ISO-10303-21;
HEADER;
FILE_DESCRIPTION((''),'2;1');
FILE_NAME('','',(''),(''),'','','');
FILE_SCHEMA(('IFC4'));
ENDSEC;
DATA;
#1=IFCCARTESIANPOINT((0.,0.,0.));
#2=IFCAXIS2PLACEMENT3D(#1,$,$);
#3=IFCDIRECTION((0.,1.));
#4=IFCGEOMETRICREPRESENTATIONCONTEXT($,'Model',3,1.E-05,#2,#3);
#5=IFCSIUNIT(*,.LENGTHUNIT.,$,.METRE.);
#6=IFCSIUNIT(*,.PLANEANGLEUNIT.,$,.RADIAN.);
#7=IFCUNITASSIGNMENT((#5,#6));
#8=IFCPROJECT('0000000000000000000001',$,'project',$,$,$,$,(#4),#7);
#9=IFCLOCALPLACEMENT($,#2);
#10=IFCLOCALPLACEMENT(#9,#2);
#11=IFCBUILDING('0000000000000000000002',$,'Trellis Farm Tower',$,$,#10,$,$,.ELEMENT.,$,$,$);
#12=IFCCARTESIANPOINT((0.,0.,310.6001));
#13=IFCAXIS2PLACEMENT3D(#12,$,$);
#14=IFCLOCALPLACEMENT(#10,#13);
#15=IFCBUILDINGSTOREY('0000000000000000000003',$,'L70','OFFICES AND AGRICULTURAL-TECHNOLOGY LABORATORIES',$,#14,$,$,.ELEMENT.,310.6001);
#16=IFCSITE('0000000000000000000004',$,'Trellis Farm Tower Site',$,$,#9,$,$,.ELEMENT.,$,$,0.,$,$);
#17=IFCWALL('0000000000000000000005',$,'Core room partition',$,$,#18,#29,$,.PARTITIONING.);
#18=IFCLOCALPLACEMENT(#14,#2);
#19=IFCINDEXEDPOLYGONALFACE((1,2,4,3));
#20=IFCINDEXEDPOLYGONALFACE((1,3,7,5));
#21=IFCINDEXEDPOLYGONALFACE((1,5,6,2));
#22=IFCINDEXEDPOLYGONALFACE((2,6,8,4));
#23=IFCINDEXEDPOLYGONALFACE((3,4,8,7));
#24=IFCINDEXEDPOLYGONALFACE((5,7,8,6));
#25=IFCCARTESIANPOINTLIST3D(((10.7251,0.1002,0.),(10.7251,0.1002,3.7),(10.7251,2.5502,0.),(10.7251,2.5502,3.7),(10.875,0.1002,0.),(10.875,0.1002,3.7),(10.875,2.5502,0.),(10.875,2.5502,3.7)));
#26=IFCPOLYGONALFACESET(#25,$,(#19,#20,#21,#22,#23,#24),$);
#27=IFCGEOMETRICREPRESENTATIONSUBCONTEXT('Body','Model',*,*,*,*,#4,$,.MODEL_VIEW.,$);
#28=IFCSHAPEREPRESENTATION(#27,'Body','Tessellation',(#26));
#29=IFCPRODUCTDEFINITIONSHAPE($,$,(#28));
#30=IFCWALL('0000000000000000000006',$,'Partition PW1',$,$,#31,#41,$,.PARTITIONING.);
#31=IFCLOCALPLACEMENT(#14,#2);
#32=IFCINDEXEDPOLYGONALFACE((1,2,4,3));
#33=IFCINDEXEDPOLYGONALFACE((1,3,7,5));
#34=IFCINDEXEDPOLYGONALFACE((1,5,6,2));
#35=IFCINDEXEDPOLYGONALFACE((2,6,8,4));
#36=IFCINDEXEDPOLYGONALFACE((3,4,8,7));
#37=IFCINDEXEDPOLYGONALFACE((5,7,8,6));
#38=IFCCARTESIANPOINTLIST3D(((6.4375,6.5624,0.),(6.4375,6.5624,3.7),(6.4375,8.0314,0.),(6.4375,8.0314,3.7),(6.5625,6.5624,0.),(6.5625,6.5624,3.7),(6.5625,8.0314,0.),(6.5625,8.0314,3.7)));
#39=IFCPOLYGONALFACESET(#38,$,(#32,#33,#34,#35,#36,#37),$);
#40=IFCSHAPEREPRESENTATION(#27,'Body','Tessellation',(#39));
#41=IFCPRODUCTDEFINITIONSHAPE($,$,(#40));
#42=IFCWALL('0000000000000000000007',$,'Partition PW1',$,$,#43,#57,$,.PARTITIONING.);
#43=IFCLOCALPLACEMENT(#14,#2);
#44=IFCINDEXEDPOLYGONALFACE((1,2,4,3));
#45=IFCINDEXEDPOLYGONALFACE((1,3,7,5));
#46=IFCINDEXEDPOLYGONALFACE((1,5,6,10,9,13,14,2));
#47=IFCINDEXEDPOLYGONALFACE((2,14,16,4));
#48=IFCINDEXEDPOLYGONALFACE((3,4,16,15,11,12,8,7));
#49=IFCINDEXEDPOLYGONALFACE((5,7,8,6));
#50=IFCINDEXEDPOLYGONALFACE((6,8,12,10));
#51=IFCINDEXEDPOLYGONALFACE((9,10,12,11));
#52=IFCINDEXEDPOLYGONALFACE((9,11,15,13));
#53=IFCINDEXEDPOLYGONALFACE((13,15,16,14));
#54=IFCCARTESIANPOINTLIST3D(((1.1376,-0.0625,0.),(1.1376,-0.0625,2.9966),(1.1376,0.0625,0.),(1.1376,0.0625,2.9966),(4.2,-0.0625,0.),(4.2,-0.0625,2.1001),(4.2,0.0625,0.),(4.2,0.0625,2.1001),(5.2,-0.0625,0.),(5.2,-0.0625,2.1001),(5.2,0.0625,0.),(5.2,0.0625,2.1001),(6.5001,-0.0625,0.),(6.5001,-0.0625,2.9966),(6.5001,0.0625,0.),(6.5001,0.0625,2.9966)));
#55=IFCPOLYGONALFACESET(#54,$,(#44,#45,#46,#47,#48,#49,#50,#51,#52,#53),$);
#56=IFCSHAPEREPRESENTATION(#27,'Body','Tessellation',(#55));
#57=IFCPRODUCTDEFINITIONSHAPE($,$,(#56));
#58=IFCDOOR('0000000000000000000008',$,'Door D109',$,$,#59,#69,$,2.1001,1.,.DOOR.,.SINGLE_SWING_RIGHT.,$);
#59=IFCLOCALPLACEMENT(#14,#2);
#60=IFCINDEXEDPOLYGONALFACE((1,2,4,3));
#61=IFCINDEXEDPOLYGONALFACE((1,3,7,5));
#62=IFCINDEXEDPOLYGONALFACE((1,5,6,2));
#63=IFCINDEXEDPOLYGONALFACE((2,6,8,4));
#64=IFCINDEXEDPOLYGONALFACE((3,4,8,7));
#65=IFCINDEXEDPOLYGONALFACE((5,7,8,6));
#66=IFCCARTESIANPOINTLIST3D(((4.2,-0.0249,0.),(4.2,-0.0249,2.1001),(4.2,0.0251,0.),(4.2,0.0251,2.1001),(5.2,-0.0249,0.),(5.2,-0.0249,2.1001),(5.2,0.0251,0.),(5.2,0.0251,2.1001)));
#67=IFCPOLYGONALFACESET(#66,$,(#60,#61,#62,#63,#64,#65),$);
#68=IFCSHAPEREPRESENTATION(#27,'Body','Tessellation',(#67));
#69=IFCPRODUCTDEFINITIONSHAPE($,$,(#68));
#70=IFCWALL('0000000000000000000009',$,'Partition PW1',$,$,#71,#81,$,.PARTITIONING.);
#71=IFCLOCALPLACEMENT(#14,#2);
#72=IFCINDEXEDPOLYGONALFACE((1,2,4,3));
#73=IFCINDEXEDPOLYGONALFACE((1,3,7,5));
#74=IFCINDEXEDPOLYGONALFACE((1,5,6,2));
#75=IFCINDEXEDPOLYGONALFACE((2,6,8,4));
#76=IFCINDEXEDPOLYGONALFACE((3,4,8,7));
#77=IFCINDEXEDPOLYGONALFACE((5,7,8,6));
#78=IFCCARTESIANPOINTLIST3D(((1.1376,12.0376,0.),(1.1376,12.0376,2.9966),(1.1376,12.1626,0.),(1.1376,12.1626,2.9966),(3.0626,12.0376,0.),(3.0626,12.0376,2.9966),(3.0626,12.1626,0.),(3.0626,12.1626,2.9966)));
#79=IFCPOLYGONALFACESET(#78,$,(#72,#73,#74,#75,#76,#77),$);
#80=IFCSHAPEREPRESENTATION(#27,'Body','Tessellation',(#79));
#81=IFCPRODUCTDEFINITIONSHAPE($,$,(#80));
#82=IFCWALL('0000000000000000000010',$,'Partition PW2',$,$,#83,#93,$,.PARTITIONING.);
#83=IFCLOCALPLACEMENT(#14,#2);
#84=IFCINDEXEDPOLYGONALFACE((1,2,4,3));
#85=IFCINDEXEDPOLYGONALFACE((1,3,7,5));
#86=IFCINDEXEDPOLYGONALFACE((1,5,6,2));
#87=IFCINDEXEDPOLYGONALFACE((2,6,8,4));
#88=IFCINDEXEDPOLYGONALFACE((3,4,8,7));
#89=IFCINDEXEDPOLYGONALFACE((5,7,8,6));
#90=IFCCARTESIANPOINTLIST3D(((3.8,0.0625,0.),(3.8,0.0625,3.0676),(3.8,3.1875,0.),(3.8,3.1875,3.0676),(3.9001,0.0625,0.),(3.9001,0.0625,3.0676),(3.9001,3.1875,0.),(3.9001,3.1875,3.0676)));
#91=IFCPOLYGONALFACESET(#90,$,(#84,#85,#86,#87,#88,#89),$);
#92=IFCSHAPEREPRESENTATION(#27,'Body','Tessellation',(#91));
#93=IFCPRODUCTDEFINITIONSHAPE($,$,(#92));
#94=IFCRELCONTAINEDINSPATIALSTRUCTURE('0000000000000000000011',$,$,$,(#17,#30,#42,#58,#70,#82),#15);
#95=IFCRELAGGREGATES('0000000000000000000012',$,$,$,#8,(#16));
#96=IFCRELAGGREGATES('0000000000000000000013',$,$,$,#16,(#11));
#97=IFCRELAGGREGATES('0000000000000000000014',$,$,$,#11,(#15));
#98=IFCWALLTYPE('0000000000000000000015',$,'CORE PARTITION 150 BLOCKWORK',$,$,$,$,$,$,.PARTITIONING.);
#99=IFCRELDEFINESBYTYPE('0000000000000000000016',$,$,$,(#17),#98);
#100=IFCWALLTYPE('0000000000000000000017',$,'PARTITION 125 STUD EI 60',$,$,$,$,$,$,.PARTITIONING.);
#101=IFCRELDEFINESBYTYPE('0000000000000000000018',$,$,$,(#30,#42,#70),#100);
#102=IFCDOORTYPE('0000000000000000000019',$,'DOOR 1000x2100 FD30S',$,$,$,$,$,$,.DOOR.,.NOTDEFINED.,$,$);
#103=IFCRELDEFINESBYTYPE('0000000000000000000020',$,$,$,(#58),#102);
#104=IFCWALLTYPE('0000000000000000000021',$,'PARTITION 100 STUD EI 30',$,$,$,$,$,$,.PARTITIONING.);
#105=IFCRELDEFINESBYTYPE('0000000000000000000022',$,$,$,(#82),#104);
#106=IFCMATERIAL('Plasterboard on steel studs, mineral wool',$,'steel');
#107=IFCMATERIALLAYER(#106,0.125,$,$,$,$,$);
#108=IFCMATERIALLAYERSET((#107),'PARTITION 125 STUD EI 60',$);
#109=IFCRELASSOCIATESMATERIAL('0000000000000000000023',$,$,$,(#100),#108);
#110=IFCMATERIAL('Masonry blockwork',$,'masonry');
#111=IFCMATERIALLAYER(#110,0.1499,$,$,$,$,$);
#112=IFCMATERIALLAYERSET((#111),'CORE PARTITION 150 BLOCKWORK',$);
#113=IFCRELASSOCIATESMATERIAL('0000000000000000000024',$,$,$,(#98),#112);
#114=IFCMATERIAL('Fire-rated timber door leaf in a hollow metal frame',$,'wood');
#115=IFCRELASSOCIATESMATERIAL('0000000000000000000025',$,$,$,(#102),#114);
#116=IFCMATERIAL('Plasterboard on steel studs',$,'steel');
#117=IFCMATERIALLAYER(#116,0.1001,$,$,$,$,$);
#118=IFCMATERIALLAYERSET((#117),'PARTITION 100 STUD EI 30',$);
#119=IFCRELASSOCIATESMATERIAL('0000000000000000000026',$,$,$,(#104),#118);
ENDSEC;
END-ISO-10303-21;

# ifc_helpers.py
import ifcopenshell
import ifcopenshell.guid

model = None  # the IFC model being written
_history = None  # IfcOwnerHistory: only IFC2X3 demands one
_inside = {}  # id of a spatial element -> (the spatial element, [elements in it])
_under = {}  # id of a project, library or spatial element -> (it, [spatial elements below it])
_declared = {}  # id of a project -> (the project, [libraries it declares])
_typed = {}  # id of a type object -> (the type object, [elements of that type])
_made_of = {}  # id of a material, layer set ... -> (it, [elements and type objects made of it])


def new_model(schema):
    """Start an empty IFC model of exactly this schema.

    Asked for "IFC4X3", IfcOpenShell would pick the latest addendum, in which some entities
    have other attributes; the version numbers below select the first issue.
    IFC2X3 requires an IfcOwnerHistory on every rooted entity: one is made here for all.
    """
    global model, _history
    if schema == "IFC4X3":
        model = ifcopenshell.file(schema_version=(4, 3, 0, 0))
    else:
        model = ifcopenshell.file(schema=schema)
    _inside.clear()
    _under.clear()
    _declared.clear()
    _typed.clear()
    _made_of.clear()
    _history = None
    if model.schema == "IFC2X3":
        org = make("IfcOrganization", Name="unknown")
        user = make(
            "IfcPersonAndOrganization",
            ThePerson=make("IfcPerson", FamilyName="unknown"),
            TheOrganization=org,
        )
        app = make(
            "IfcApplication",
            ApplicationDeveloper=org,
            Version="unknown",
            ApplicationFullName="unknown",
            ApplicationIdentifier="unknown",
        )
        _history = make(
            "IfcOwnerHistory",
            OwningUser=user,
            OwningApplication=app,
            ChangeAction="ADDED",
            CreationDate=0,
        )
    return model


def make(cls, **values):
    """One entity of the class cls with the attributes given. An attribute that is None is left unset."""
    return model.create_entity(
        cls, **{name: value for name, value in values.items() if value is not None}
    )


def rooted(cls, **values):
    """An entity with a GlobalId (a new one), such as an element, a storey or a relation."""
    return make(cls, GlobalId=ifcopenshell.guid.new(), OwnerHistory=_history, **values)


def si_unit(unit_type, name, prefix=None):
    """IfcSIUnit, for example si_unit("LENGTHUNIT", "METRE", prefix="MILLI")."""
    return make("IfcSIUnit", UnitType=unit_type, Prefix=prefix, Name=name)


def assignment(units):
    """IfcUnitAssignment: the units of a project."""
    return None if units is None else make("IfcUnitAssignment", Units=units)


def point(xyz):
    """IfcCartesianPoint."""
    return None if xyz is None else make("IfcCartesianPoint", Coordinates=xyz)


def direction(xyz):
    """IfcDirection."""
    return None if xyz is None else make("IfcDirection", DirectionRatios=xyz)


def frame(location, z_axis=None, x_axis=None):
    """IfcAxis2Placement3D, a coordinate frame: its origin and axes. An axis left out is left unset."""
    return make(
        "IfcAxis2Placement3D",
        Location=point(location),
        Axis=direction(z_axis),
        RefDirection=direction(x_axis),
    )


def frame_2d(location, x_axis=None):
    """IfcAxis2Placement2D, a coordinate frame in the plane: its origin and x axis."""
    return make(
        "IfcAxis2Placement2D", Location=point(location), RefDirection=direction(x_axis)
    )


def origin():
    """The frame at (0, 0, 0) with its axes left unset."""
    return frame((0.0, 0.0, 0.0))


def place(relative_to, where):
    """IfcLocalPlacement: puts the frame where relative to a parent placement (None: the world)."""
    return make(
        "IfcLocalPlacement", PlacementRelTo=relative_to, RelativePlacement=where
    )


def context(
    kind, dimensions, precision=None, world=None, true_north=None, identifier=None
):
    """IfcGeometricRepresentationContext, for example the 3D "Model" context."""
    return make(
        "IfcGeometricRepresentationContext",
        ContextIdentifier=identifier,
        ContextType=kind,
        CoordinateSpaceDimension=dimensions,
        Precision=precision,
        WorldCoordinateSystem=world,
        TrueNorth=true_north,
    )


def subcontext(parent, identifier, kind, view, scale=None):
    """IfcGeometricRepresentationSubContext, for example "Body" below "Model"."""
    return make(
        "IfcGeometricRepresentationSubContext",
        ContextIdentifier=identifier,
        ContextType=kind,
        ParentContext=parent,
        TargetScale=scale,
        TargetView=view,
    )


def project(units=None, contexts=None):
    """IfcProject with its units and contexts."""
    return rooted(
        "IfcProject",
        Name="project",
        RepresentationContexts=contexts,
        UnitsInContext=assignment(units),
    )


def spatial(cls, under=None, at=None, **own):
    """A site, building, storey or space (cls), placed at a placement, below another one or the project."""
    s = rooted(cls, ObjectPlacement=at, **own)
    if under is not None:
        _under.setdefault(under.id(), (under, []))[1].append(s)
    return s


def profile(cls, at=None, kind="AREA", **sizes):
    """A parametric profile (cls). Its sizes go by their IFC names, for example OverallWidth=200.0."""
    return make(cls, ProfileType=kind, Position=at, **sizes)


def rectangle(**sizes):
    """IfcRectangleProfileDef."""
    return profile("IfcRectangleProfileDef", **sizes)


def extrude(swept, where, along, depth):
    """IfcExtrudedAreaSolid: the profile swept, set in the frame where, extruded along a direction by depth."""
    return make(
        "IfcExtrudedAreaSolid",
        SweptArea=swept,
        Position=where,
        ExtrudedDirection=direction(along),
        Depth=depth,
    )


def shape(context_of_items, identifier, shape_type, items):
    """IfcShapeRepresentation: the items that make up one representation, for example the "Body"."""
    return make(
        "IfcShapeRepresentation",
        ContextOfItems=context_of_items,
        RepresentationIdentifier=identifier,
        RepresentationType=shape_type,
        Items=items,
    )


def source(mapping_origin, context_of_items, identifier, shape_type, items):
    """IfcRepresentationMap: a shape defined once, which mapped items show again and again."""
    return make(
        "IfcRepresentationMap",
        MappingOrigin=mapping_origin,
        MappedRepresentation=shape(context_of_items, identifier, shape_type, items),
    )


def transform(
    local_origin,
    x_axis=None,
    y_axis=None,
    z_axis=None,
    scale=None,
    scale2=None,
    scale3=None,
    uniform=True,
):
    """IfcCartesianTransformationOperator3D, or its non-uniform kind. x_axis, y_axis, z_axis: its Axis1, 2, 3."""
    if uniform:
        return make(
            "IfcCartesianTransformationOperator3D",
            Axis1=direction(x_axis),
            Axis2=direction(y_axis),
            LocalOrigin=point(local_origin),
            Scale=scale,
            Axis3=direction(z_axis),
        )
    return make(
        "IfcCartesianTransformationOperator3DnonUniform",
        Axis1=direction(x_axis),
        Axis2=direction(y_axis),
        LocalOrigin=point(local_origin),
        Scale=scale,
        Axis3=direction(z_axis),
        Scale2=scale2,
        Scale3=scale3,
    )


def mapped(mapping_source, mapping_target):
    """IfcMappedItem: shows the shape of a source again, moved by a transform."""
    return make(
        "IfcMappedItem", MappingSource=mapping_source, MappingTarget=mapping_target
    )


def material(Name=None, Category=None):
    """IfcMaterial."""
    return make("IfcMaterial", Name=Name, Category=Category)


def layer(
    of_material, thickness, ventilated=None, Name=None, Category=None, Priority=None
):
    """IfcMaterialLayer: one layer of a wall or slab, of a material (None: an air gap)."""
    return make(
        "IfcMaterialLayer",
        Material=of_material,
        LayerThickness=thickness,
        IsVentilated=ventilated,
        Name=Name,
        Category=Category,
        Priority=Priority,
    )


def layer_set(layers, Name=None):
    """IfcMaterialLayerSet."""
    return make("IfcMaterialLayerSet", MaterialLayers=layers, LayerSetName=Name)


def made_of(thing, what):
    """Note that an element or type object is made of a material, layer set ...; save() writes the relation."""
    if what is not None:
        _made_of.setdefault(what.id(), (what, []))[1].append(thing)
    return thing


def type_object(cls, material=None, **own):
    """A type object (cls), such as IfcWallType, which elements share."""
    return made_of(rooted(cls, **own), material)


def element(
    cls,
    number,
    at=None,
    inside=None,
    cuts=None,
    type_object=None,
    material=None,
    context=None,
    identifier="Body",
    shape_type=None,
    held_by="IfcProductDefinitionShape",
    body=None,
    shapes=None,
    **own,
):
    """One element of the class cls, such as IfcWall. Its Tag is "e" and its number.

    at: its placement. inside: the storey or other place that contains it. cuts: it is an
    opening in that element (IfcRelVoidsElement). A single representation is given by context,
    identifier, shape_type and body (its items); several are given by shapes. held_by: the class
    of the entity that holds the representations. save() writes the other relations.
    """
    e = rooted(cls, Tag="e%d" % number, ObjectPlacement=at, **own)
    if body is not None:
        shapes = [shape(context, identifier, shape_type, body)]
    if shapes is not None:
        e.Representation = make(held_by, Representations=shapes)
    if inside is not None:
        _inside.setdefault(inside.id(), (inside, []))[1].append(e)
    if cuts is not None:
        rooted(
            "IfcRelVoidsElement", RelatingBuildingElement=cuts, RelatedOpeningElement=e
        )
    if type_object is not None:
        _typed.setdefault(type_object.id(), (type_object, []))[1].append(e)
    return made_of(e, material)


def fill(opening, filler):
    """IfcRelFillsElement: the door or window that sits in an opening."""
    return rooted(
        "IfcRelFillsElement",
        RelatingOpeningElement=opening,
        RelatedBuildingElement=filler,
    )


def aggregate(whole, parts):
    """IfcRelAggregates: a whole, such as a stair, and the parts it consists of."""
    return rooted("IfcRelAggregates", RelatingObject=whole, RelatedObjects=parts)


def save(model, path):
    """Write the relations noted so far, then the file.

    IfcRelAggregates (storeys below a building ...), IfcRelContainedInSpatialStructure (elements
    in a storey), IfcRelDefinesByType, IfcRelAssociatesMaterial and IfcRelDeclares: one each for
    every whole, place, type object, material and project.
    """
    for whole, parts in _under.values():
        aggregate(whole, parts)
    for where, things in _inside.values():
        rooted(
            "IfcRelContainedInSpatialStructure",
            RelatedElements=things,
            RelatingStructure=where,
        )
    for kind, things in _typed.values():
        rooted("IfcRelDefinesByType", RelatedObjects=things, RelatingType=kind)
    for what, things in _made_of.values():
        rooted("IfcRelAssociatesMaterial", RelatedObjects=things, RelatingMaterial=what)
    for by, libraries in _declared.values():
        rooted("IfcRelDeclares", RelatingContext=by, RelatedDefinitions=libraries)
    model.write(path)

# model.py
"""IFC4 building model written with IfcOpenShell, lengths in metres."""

from ifc_helpers import new_model, si_unit, direction, frame, frame_2d, origin, place, context, subcontext, project, spatial, rectangle, extrude, source, transform, mapped, material, layer, layer_set, type_object, element, fill, save


model = new_model("IFC4")

# Units and contexts
model_context = context("Model", 3, precision=1e-05, world=origin(), true_north=direction((0.0, 1.0)))
body_context = subcontext(model_context, "Body", "Model", "MODEL_VIEW")
ifc_project = project(units=[si_unit("LENGTHUNIT", "METRE"), si_unit("PLANEANGLEUNIT", "RADIAN")], contexts=[model_context])

# Site, building, storey
site_placement = place(None, origin())
site = spatial("IfcSite", under=ifc_project, at=site_placement, Name="Trellis Farm Tower Site", CompositionType="ELEMENT", RefElevation=0.0)
building_placement = place(site_placement, origin())
building = spatial("IfcBuilding", under=site, at=building_placement, Name="Trellis Farm Tower", CompositionType="ELEMENT")
storey_placement = place(building_placement, frame((0.0, 0.0, 310.6001)))
storey = spatial("IfcBuildingStorey", under=building, at=storey_placement, Name="L70", Description="OFFICES AND AGRICULTURAL-TECHNOLOGY LABORATORIES", CompositionType="ELEMENT", Elevation=310.6001)

# Shared definitions
ifc_material_1 = material(Name="Plasterboard on steel studs, mineral wool", Category="steel")
ifc_layer_1 = layer(ifc_material_1, 0.125)
ifc_layer_set_1 = layer_set([ifc_layer_1], Name="PARTITION 125 STUD EI 60")
wall_type_1 = type_object("IfcWallType", Name="PARTITION 125 STUD EI 60", PredefinedType="PARTITIONING", material=ifc_layer_set_1)
ifc_material_2 = material(Name="Fire-rated timber door leaf in a hollow metal frame", Category="wood")

# Walls
ifc_material_3 = material(Name="Masonry blockwork", Category="masonry")
ifc_layer_2 = layer(ifc_material_3, 0.1499)
ifc_layer_set_2 = layer_set([ifc_layer_2], Name="CORE PARTITION 150 BLOCKWORK")
wall_type_2 = type_object("IfcWallType", Name="CORE PARTITION 150 BLOCKWORK", PredefinedType="PARTITIONING", material=ifc_layer_set_2)
shared_shape_1 = source(origin(), body_context, "Body", "SweptSolid", [
    extrude(rectangle(XDim=2.45, YDim=0.1499, at=frame_2d((1.2251, 0.0))), origin(), (0.0, 0.0, 1.0), 3.7),
])
for number, where, z_axis, x_axis, name in (
    (1, (10.8, 0.1001, 0.0), (0.0, 0.0, 1.0), (0.0, 1.0, 0.0), "Core room partition"),
):
    element("IfcWall", number, at=place(storey_placement, frame(where, z_axis=z_axis, x_axis=x_axis)), inside=storey, type_object=wall_type_2, Name=name, PredefinedType="PARTITIONING", context=body_context, shape_type="MappedRepresentation", body=[
        mapped(shared_shape_1, transform((0.0, 0.0, 0.0))),
    ])
shared_shape_2 = source(origin(), body_context, "Body", "SweptSolid", [
    extrude(rectangle(XDim=1.469, YDim=0.125, at=frame_2d((0.7344, 0.0))), origin(), (0.0, 0.0, 1.0), 3.7),
])
wall_1_placement = place(storey_placement, frame((6.5, 6.5625, 0.0), z_axis=(0.0, 0.0, 1.0), x_axis=(0.0, 1.0, 0.0)))
element("IfcWall", 2, at=wall_1_placement, inside=storey, type_object=wall_type_1, Name="Partition PW1", PredefinedType="PARTITIONING", context=body_context, shape_type="MappedRepresentation", body=[
    mapped(shared_shape_2, transform((0.0, 0.0, 0.0))),
])

# Wall, opening, door
shared_shape_3 = source(origin(), body_context, "Body", "SweptSolid", [
    extrude(rectangle(XDim=5.3625, YDim=0.125, at=frame_2d((2.6812, 0.0))), origin(), (0.0, 0.0, 1.0), 2.9966),
])
wall_2_placement = place(storey_placement, frame((6.5, 0.0, 0.0), z_axis=(0.0, 0.0, 1.0), x_axis=(-1.0, 0.0, 0.0)))
wall_2 = element("IfcWall", 3, at=wall_2_placement, inside=storey, type_object=wall_type_1, Name="Partition PW1", PredefinedType="PARTITIONING", context=body_context, shape_type="MappedRepresentation", body=[
    mapped(shared_shape_3, transform((0.0, 0.0, 0.0))),
])
shared_shape_4 = source(origin(), body_context, "Body", "SweptSolid", [
    extrude(rectangle(XDim=1.0, YDim=2.1001, at=frame_2d((0.5, 1.05))), frame((0.0, 0.0725, 0.0), z_axis=(0.0, -1.0, 0.0), x_axis=(1.0, 0.0, 0.0)), (0.0, 0.0, 1.0), 0.145),
])
opening_1_placement = place(wall_2_placement, frame((1.3, 0.0, 0.0)))
opening_1 = element("IfcOpeningElement", 4, at=opening_1_placement, cuts=wall_2, PredefinedType="OPENING", context=body_context, shape_type="MappedRepresentation", body=[
    mapped(shared_shape_4, transform((0.0, 0.0, 0.0))),
])
door_type_1 = type_object("IfcDoorType", Name="DOOR 1000x2100 FD30S", OperationType="NOTDEFINED", PredefinedType="DOOR", material=ifc_material_2)
shared_shape_5 = source(origin(), body_context, "Body", "SweptSolid", [
    extrude(rectangle(XDim=1.0, YDim=2.1001, at=frame_2d((0.5, 1.05))), frame((0.0, 0.0249, 0.0), z_axis=(0.0, -1.0, 0.0), x_axis=(1.0, 0.0, 0.0)), (0.0, 0.0, 1.0), 0.05),
])
door_1_placement = place(opening_1_placement, origin())
door_1 = element("IfcDoor", 5, at=door_1_placement, inside=storey, type_object=door_type_1, Name="Door D109", OperationType="SINGLE_SWING_RIGHT", OverallHeight=2.1001, OverallWidth=1.0, PredefinedType="DOOR", context=body_context, shape_type="MappedRepresentation", body=[
    mapped(shared_shape_5, transform((0.0, 0.0, 0.0))),
])
fill(opening_1, door_1)

# Walls
shared_shape_6 = source(origin(), body_context, "Body", "SweptSolid", [
    extrude(rectangle(XDim=1.925, YDim=0.125, at=frame_2d((0.9624, 0.0))), origin(), (0.0, 0.0, 1.0), 2.9966),
])
wall_3_placement = place(storey_placement, frame((3.0625, 12.1001, 0.0), z_axis=(0.0, 0.0, 1.0), x_axis=(-1.0, 0.0, 0.0)))
element("IfcWall", 6, at=wall_3_placement, inside=storey, type_object=wall_type_1, Name="Partition PW1", PredefinedType="PARTITIONING", context=body_context, shape_type="MappedRepresentation", body=[
    mapped(shared_shape_6, transform((0.0, 0.0, 0.0))),
])
ifc_material_4 = material(Name="Plasterboard on steel studs", Category="steel")
ifc_layer_3 = layer(ifc_material_4, 0.1001)
ifc_layer_set_3 = layer_set([ifc_layer_3], Name="PARTITION 100 STUD EI 30")
wall_type_3 = type_object("IfcWallType", Name="PARTITION 100 STUD EI 30", PredefinedType="PARTITIONING", material=ifc_layer_set_3)
shared_shape_7 = source(origin(), body_context, "Body", "SweptSolid", [
    extrude(rectangle(XDim=3.125, YDim=0.1001, at=frame_2d((1.5625, 0.0))), origin(), (0.0, 0.0, 1.0), 3.0676),
])
wall_4_placement = place(storey_placement, frame((3.8501, 0.0625, 0.0), z_axis=(0.0, 0.0, 1.0), x_axis=(0.0, 1.0, 0.0)))
element("IfcWall", 7, at=wall_4_placement, inside=storey, type_object=wall_type_3, Name="Partition PW2", PredefinedType="PARTITIONING", context=body_context, shape_type="MappedRepresentation", body=[
    mapped(shared_shape_7, transform((0.0, 0.0, 0.0))),
])

save(model, "model.ifc")
